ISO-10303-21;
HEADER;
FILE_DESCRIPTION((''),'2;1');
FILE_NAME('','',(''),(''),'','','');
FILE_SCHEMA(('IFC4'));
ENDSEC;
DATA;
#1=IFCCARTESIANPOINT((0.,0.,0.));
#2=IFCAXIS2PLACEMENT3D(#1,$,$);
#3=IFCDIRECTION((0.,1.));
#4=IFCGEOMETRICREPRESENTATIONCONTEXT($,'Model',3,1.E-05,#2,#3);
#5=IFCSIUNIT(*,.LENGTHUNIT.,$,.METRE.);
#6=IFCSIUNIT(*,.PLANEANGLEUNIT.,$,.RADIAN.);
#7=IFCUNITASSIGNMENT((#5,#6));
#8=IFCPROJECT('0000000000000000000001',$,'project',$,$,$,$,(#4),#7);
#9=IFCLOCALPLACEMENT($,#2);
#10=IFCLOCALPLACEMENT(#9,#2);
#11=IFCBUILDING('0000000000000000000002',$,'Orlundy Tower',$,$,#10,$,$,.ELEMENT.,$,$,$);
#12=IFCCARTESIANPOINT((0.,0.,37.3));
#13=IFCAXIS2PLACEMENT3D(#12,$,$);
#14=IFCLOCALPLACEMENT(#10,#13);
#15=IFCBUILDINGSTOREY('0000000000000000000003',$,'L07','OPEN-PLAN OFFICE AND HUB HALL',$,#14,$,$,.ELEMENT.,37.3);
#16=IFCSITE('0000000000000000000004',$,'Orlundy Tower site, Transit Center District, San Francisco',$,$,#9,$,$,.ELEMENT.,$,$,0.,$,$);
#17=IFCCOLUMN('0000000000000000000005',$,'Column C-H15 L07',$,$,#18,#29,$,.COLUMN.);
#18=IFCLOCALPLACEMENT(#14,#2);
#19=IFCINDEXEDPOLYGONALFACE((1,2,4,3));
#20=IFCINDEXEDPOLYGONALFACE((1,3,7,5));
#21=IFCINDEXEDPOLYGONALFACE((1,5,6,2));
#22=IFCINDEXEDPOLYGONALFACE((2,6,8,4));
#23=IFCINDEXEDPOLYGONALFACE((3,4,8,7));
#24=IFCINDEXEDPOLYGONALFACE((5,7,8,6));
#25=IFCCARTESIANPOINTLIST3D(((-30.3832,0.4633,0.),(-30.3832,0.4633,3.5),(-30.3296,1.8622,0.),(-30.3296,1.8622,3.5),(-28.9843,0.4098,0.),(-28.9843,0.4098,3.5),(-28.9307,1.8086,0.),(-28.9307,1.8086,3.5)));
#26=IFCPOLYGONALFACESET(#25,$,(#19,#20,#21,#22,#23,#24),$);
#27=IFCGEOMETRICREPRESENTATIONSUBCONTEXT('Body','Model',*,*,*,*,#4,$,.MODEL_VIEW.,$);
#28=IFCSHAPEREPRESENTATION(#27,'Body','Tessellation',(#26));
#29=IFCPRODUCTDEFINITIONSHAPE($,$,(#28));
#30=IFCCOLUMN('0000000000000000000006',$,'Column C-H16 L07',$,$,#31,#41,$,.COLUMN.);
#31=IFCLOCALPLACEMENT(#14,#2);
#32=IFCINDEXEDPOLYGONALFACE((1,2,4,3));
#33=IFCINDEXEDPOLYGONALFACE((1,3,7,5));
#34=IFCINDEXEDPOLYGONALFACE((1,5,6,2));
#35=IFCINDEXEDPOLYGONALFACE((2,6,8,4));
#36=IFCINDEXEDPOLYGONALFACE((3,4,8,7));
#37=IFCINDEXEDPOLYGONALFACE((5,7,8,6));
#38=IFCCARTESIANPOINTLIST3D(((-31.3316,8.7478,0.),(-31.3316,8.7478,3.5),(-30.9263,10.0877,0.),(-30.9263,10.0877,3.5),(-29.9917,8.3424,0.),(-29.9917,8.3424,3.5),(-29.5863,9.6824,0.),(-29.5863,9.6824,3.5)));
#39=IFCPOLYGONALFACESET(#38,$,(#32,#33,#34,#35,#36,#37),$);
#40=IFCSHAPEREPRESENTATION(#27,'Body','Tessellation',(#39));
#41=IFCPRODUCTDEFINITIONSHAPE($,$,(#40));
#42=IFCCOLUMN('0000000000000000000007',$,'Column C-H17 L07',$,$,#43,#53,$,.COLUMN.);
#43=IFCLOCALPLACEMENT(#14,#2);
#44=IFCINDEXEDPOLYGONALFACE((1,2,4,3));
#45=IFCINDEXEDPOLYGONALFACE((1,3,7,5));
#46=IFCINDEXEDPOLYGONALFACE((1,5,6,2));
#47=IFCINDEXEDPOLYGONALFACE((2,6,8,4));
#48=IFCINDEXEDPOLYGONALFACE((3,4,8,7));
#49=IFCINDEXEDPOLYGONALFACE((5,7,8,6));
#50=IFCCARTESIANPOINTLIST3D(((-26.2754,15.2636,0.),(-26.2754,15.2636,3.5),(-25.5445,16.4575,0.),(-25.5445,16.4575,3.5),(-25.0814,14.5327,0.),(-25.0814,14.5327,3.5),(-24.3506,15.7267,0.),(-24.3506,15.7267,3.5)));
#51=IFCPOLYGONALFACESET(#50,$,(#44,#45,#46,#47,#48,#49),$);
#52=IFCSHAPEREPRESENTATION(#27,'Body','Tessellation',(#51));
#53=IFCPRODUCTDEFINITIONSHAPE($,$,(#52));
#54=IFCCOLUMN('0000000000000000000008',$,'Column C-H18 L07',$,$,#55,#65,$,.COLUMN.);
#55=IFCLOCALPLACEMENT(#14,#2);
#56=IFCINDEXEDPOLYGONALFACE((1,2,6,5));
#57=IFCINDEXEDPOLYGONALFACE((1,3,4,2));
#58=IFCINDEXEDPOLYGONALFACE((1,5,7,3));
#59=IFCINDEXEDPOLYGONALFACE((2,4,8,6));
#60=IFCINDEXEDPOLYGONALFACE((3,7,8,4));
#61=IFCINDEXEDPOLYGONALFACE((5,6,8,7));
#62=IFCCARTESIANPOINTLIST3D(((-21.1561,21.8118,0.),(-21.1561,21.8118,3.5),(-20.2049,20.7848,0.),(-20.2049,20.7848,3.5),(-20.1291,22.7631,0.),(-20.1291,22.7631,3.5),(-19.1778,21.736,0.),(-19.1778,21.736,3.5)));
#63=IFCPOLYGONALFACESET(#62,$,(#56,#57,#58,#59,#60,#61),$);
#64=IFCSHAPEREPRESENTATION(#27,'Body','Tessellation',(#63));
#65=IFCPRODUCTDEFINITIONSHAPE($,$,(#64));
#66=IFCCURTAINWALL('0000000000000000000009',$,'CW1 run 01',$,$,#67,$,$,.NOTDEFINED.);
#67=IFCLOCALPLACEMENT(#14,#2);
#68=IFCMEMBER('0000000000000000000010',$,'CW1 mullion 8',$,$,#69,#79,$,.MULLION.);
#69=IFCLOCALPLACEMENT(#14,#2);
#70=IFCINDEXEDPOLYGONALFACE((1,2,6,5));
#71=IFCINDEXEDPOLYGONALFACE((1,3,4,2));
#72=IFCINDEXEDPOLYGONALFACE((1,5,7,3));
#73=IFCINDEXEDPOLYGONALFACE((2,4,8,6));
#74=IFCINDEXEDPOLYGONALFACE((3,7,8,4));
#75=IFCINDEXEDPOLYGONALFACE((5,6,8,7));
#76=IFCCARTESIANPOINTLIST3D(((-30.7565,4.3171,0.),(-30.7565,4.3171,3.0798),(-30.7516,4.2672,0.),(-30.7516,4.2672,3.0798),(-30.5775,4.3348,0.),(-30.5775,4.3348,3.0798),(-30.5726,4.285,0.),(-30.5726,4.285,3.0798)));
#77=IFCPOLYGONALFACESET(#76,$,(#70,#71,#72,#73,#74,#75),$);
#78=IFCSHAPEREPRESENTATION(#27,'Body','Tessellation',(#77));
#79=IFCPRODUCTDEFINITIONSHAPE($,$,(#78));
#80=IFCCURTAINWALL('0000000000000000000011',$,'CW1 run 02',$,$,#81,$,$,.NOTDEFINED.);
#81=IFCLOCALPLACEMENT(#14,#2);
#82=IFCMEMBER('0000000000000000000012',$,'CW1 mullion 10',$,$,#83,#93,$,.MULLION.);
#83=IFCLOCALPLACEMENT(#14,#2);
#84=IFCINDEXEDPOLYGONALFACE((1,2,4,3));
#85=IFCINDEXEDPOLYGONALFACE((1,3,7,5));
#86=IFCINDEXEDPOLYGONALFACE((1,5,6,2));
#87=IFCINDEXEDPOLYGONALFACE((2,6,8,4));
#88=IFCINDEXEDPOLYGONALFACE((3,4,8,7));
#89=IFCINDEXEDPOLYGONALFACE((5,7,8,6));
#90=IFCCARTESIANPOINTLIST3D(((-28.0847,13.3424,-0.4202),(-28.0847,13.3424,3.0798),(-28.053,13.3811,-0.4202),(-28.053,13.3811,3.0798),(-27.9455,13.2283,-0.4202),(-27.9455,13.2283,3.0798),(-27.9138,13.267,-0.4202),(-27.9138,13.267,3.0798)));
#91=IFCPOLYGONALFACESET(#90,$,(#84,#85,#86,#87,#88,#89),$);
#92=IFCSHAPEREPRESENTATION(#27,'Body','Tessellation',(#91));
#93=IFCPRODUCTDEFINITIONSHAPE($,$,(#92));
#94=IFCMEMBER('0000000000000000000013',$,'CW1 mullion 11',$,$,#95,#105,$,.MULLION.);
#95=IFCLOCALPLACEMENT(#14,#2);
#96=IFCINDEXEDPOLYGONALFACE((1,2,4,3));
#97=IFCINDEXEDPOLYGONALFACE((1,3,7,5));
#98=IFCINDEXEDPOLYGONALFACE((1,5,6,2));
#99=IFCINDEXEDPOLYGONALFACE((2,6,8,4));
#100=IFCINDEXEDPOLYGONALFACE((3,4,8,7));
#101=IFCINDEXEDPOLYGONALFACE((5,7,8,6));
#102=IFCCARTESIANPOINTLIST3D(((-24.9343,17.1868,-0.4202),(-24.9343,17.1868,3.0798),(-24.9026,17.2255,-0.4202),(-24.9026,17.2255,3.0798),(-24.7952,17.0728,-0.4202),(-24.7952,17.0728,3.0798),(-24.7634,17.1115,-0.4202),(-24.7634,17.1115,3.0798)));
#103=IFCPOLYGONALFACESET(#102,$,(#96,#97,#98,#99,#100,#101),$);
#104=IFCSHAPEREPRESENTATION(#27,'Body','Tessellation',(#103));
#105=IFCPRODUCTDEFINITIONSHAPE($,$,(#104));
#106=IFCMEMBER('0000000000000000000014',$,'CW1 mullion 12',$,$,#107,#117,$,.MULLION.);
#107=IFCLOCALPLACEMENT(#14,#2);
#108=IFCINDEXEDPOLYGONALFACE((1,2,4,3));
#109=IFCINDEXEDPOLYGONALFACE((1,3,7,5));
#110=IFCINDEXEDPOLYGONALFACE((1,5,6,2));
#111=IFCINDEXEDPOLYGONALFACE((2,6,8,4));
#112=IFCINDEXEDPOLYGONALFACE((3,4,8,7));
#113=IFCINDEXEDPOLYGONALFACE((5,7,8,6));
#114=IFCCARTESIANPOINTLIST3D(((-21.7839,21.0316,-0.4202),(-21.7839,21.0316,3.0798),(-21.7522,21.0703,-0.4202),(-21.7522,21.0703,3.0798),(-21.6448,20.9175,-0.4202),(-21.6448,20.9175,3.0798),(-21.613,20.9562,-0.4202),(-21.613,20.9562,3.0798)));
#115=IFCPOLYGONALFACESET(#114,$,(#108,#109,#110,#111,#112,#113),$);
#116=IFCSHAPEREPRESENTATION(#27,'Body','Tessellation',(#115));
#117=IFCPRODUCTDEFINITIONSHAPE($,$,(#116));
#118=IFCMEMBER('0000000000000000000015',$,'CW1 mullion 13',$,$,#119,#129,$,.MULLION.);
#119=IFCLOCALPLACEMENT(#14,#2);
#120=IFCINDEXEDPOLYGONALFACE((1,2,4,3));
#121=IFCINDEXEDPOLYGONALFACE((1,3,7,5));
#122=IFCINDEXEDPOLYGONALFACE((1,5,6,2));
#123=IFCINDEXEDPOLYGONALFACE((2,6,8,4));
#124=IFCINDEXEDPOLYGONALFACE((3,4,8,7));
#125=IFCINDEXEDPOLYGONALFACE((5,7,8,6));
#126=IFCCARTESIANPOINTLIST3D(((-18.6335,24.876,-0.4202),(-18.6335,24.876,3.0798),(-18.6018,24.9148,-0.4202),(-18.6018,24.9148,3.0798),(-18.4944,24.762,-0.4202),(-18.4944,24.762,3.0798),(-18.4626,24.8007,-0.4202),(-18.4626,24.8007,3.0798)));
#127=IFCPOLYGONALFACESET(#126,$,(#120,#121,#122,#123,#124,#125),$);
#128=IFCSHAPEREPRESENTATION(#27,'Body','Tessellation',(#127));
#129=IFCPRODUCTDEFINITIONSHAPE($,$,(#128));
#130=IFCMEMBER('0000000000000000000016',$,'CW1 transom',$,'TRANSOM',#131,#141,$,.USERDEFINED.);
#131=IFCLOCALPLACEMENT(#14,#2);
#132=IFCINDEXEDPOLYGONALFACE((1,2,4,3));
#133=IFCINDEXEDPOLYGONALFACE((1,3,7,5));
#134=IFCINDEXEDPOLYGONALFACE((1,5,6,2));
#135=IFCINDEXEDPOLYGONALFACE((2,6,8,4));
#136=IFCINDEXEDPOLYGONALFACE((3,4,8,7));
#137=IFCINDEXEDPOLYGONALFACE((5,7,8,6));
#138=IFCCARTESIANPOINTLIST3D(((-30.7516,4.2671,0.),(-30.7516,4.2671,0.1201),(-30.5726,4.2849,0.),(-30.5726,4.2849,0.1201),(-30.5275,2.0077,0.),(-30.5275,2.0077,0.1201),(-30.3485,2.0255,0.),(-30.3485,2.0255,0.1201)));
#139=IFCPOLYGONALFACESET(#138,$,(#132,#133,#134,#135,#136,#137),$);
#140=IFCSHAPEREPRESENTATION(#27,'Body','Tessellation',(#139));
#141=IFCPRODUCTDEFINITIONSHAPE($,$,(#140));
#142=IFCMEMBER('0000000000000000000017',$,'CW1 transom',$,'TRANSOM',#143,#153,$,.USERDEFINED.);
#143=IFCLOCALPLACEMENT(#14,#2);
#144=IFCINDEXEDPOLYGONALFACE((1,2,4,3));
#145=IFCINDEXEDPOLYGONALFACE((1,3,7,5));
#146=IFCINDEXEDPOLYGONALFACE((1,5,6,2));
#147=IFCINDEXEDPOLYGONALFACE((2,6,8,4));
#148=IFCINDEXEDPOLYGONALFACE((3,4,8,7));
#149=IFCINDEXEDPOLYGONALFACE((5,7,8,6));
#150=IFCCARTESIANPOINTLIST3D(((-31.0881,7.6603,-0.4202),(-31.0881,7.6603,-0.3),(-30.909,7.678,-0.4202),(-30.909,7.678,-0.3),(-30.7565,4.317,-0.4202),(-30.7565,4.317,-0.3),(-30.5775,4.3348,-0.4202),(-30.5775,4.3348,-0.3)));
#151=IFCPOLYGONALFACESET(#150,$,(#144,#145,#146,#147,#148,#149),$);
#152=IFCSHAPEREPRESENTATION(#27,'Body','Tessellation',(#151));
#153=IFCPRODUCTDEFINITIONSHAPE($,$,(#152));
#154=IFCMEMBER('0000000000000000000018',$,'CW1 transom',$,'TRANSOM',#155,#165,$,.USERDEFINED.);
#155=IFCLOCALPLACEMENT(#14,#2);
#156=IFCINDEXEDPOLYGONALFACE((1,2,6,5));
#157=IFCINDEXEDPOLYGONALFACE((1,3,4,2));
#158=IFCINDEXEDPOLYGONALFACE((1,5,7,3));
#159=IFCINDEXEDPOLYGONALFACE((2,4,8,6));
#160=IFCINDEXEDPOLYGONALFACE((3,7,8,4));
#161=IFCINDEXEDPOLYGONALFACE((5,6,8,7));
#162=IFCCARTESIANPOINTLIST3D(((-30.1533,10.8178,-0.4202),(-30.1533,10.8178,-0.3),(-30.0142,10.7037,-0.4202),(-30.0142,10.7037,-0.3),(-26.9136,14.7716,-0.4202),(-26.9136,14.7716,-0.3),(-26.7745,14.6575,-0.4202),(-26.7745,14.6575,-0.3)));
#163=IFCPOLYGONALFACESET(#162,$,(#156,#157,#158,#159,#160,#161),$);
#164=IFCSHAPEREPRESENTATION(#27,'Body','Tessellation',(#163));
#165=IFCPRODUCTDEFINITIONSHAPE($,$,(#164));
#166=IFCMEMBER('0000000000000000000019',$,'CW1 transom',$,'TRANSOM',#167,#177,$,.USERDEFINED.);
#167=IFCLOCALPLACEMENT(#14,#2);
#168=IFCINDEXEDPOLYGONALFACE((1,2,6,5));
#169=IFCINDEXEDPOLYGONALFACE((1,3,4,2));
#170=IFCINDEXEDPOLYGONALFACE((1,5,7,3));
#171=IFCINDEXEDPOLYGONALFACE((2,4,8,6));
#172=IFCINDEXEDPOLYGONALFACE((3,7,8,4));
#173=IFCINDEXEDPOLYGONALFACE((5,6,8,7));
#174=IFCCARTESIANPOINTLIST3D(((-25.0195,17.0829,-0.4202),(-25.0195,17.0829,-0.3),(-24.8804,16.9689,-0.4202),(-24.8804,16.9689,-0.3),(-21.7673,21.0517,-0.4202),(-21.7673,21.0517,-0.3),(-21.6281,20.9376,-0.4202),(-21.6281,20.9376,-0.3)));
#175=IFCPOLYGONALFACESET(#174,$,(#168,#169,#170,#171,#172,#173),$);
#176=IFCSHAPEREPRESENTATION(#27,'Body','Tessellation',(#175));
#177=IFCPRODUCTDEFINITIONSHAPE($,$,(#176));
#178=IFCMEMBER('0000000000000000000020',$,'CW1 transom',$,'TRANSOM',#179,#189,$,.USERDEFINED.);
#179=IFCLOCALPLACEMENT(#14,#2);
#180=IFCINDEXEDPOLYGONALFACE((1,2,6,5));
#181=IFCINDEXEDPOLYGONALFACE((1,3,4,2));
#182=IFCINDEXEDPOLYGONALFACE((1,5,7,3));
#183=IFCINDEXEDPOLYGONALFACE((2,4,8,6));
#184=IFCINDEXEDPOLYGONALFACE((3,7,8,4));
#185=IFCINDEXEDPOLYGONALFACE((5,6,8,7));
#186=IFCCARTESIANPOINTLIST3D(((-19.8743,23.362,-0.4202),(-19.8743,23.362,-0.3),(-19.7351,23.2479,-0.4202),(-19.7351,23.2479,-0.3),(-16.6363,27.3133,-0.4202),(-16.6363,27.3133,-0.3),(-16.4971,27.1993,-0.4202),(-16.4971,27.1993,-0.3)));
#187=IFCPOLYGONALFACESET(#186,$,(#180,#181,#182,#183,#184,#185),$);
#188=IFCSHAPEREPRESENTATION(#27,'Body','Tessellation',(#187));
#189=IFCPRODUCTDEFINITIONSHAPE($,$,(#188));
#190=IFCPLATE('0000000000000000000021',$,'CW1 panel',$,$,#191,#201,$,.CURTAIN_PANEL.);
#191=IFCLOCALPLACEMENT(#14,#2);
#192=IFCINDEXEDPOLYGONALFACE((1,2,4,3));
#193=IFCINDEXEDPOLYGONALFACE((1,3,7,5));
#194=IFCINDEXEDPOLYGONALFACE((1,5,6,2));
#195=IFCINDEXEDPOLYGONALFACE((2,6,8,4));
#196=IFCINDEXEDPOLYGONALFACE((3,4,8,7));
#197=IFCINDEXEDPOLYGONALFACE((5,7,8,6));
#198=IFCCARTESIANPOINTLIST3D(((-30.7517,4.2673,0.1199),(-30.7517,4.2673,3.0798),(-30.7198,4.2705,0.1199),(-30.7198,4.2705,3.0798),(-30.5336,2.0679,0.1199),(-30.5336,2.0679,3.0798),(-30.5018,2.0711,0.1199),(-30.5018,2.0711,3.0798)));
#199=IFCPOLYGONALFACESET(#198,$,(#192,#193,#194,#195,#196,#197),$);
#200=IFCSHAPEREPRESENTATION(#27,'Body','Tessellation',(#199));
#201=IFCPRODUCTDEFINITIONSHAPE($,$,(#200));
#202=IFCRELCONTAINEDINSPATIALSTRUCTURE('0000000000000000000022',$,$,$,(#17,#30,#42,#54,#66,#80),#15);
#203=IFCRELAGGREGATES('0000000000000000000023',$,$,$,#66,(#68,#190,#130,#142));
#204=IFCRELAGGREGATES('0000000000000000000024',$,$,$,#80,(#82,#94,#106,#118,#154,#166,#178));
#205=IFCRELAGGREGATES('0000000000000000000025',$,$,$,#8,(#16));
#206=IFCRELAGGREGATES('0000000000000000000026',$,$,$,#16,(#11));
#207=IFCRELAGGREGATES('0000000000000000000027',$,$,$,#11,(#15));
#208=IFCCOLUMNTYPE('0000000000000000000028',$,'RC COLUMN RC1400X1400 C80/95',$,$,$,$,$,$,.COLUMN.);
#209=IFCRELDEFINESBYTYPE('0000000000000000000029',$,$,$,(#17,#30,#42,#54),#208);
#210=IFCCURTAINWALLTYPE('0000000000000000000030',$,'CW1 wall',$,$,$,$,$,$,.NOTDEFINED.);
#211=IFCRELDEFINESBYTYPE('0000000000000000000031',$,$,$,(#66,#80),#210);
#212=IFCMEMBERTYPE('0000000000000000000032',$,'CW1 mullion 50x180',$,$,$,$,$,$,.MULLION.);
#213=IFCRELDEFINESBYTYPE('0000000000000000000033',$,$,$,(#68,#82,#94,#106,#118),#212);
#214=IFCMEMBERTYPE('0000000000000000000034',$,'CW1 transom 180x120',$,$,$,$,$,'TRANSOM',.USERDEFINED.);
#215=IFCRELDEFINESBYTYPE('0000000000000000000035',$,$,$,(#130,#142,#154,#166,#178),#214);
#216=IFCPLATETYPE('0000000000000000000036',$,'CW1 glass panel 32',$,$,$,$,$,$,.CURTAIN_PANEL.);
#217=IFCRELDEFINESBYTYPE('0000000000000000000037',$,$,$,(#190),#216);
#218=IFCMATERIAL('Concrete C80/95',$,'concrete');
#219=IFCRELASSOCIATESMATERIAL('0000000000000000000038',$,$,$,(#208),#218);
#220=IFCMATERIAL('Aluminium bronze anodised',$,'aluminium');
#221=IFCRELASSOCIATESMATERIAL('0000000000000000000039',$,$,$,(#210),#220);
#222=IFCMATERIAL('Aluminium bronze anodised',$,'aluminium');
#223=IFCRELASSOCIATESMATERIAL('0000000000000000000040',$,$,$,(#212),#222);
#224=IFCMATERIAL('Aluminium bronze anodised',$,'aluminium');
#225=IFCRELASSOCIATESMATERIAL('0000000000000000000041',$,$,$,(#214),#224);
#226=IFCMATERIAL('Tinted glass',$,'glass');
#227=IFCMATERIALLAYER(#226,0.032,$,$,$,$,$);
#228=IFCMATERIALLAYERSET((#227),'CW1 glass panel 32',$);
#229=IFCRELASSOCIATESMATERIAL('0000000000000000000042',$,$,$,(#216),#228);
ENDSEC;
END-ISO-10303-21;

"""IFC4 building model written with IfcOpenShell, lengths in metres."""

from ifc_helpers import new_model, si_unit, direction, frame, origin, origin_2d, place, context, subcontext, project, spatial, rectangle, extrude, material, layer, layer_set, material_profile, profile_set, type_object, element, aggregate, save


model = new_model("IFC4")

# Units and contexts
model_context = context("Model", 3, precision=1e-05, world=origin(), true_north=direction((0.0, 1.0)))
body_context = subcontext(model_context, "Body", "Model", "MODEL_VIEW")
ifc_project = project(units=[si_unit("LENGTHUNIT", "METRE"), si_unit("PLANEANGLEUNIT", "RADIAN")], contexts=[model_context])

# Site, building, storey
site_placement = place(None, origin())
site = spatial("IfcSite", under=ifc_project, at=site_placement, Name="Orlundy Tower site, Transit Center District, San Francisco", CompositionType="ELEMENT", RefElevation=0.0)
building_placement = place(site_placement, origin())
building = spatial("IfcBuilding", under=site, at=building_placement, Name="Orlundy Tower", CompositionType="ELEMENT")
storey_placement = place(building_placement, frame((0.0, 0.0, 37.3)))
storey = spatial("IfcBuildingStorey", under=building, at=storey_placement, Name="L07", Description="OPEN-PLAN OFFICE AND HUB HALL", CompositionType="ELEMENT", Elevation=37.3)

# Columns
ifc_material_1 = material(Name="Concrete C80/95", Category="concrete")
ifc_material_profile_1 = material_profile(ifc_material_1, rectangle(XDim=1.3999, YDim=1.3999, at=origin_2d()), Name="RC1400X1400")
ifc_profile_set_1 = profile_set([ifc_material_profile_1], Name="Concrete C80/95")
column_type = type_object("IfcColumnType", Name="RC COLUMN RC1400X1400 C80/95", PredefinedType="COLUMN", material=ifc_profile_set_1)
for number, where, z_axis, x_axis, name in (
    (1, (-29.657, 1.136, 0.0), (0.0, 0.0, 1.0), (-0.999267, 0.038283, 0.0), "Column C-H15 L07"),
    (2, (-30.459, 9.2151, 0.0), (0.0, 0.0, 1.0), (-0.957153, 0.289583, 0.0), "Column C-H16 L07"),
    (3, (-25.313, 15.4951, 0.0), (0.0, 0.0, 1.0), (-0.852895, 0.522082, 0.0), "Column C-H17 L07"),
    (4, (-20.167, 21.7739, 0.0), (0.0, 0.0, 1.0), (-0.679518, 0.733659, 0.0), "Column C-H18 L07"),
):
    element("IfcColumn", number, at=place(storey_placement, frame(where, z_axis=z_axis, x_axis=x_axis)), inside=storey, type_object=column_type, Name=name, PredefinedType="COLUMN", context=body_context, shape_type="SweptSolid", body=[
        extrude(rectangle(XDim=1.3999, YDim=1.3999, at=origin_2d()), origin(), (0.0, 0.0, 1.0), 3.5),
    ])

# Curtain wall, member
ifc_material_2 = material(Name="Aluminium bronze anodised", Category="aluminium")
curtain_wall_type = type_object("IfcCurtainWallType", Name="CW1 wall", PredefinedType="NOTDEFINED", material=ifc_material_2)
curtain_wall_1_placement = place(storey_placement, origin())
curtain_wall_1 = element("IfcCurtainWall", 5, at=curtain_wall_1_placement, inside=storey, type_object=curtain_wall_type, Name="CW1 run 01", PredefinedType="NOTDEFINED")
ifc_material_3 = material(Name="Aluminium bronze anodised", Category="aluminium")
ifc_material_profile_2 = material_profile(ifc_material_3, rectangle(XDim=0.1799, YDim=0.05, at=origin_2d()), Name="CW1 mullion 50x180")
ifc_profile_set_2 = profile_set([ifc_material_profile_2], Name="Aluminium bronze anodised")
member_type_1 = type_object("IfcMemberType", Name="CW1 mullion 50x180", PredefinedType="MULLION", material=ifc_profile_set_2)
member_1_placement = place(storey_placement, frame((-30.6646, 4.301, 0.0), z_axis=(0.0, 0.0, 1.0), x_axis=(-0.99512, -0.098672, 0.0)))
member_1 = element("IfcMember", 6, at=member_1_placement, type_object=member_type_1, Name="CW1 mullion 8", PredefinedType="MULLION", context=body_context, shape_type="SweptSolid", body=[
    extrude(rectangle(XDim=0.1799, YDim=0.05, at=origin_2d()), origin(), (0.0, 0.0, 1.0), 3.0798),
])

# Curtain wall, members
curtain_wall_2_placement = place(storey_placement, origin())
curtain_wall_2 = element("IfcCurtainWall", 7, at=curtain_wall_2_placement, inside=storey, type_object=curtain_wall_type, Name="CW1 run 02", PredefinedType="NOTDEFINED")
member_2_placement = place(storey_placement, frame((-27.9993, 13.3047, -0.4202), z_axis=(0.0, 0.0, 1.0), x_axis=(-0.773482, 0.633818, 0.0)))
member_2 = element("IfcMember", 8, at=member_2_placement, type_object=member_type_1, Name="CW1 mullion 10", PredefinedType="MULLION", context=body_context, shape_type="SweptSolid", body=[
    extrude(rectangle(XDim=0.1799, YDim=0.05, at=origin_2d()), origin(), (0.0, 0.0, 1.0), 3.5),
])
member_3_placement = place(storey_placement, frame((-24.8489, 17.1492, -0.4202), z_axis=(0.0, 0.0, 1.0), x_axis=(-0.773482, 0.633818, 0.0)))
member_3 = element("IfcMember", 9, at=member_3_placement, type_object=member_type_1, Name="CW1 mullion 11", PredefinedType="MULLION", context=body_context, shape_type="SweptSolid", body=[
    extrude(rectangle(XDim=0.1799, YDim=0.05, at=origin_2d()), origin(), (0.0, 0.0, 1.0), 3.5),
])
member_4_placement = place(storey_placement, frame((-21.6985, 20.9939, -0.4202), z_axis=(0.0, 0.0, 1.0), x_axis=(-0.773482, 0.633818, 0.0)))
member_4 = element("IfcMember", 10, at=member_4_placement, type_object=member_type_1, Name="CW1 mullion 12", PredefinedType="MULLION", context=body_context, shape_type="SweptSolid", body=[
    extrude(rectangle(XDim=0.1799, YDim=0.05, at=origin_2d()), origin(), (0.0, 0.0, 1.0), 3.5),
])
member_5_placement = place(storey_placement, frame((-18.5481, 24.8384, -0.4202), z_axis=(0.0, 0.0, 1.0), x_axis=(-0.773482, 0.633818, 0.0)))
member_5 = element("IfcMember", 11, at=member_5_placement, type_object=member_type_1, Name="CW1 mullion 13", PredefinedType="MULLION", context=body_context, shape_type="SweptSolid", body=[
    extrude(rectangle(XDim=0.1799, YDim=0.05, at=origin_2d()), origin(), (0.0, 0.0, 1.0), 3.5),
])

# Members
ifc_material_4 = material(Name="Aluminium bronze anodised", Category="aluminium")
ifc_material_profile_3 = material_profile(ifc_material_4, rectangle(XDim=0.1799, YDim=0.1201, at=origin_2d()), Name="CW1 transom 180x120")
ifc_profile_set_3 = profile_set([ifc_material_profile_3], Name="Aluminium bronze anodised")
member_type_2 = type_object("IfcMemberType", Name="CW1 transom 180x120", ElementType="TRANSOM", PredefinedType="USERDEFINED", material=ifc_profile_set_3)
member_6_placement = place(storey_placement, frame((-30.438, 2.0166, 0.0601), z_axis=(-0.098705, 0.995117, 0.0), x_axis=(-0.995117, -0.098705, 0.0)))
member_6 = element("IfcMember", 12, at=member_6_placement, type_object=member_type_2, Name="CW1 transom", ObjectType="TRANSOM", PredefinedType="USERDEFINED", context=body_context, shape_type="SweptSolid", body=[
    extrude(rectangle(XDim=0.1799, YDim=0.1201, at=origin_2d()), origin(), (0.0, 0.0, 1.0), 2.2705),
])
member_7_placement = place(storey_placement, frame((-30.667, 4.3259, -0.3601), z_axis=(-0.098683, 0.995119, 0.0), x_axis=(-0.995119, -0.098683, 0.0)))
member_7 = element("IfcMember", 13, at=member_7_placement, type_object=member_type_2, Name="CW1 transom", ObjectType="TRANSOM", PredefinedType="USERDEFINED", context=body_context, shape_type="SweptSolid", body=[
    extrude(rectangle(XDim=0.1799, YDim=0.1201, at=origin_2d()), origin(), (0.0, 0.0, 1.0), 3.3596),
])
member_8_placement = place(storey_placement, frame((-30.0837, 10.7607, -0.3601), z_axis=(0.633797, 0.7735, 0.0), x_axis=(-0.7735, 0.633797, 0.0)))
member_8 = element("IfcMember", 14, at=member_8_placement, type_object=member_type_2, Name="CW1 transom", ObjectType="TRANSOM", PredefinedType="USERDEFINED", context=body_context, shape_type="SweptSolid", body=[
    extrude(rectangle(XDim=0.1799, YDim=0.1201, at=origin_2d()), origin(), (0.0, 0.0, 1.0), 5.1116),
])
member_9_placement = place(storey_placement, frame((-24.95, 17.0259, -0.3601), z_axis=(0.633826, 0.773476, 0.0), x_axis=(-0.773476, 0.633826, 0.0)))
member_9 = element("IfcMember", 15, at=member_9_placement, type_object=member_type_2, Name="CW1 transom", ObjectType="TRANSOM", PredefinedType="USERDEFINED", context=body_context, shape_type="SweptSolid", body=[
    extrude(rectangle(XDim=0.1799, YDim=0.1201, at=origin_2d()), origin(), (0.0, 0.0, 1.0), 5.1311),
])
member_10_placement = place(storey_placement, frame((-19.8047, 23.3049, -0.3601), z_axis=(0.633831, 0.773472, 0.0), x_axis=(-0.773472, 0.633831, 0.0)))
member_10 = element("IfcMember", 16, at=member_10_placement, type_object=member_type_2, Name="CW1 transom", ObjectType="TRANSOM", PredefinedType="USERDEFINED", context=body_context, shape_type="SweptSolid", body=[
    extrude(rectangle(XDim=0.1799, YDim=0.1201, at=origin_2d()), origin(), (0.0, 0.0, 1.0), 5.1086),
])

# Plate
ifc_material_5 = material(Name="Tinted glass", Category="glass")
ifc_layer_1 = layer(ifc_material_5, 0.032)
ifc_layer_set_1 = layer_set([ifc_layer_1], Name="CW1 glass panel 32")
plate_type = type_object("IfcPlateType", Name="CW1 glass panel 32", PredefinedType="CURTAIN_PANEL", material=ifc_layer_set_1)
plate_1_placement = place(storey_placement, frame((-30.6267, 3.1692, 0.1199), z_axis=(0.0, 0.0, 1.0), x_axis=(-0.098672, 0.99512, 0.0)))
plate_1 = element("IfcPlate", 17, at=plate_1_placement, type_object=plate_type, Name="CW1 panel", PredefinedType="CURTAIN_PANEL", context=body_context, shape_type="SweptSolid", body=[
    extrude(rectangle(XDim=2.2102, YDim=0.032, at=origin_2d()), origin(), (0.0, 0.0, 1.0), 2.96),
])
aggregate(curtain_wall_1, [member_1, plate_1, member_6, member_7])
aggregate(curtain_wall_2, [member_2, member_3, member_4, member_5, member_8, member_9, member_10])

save(model, "model.ifc")
